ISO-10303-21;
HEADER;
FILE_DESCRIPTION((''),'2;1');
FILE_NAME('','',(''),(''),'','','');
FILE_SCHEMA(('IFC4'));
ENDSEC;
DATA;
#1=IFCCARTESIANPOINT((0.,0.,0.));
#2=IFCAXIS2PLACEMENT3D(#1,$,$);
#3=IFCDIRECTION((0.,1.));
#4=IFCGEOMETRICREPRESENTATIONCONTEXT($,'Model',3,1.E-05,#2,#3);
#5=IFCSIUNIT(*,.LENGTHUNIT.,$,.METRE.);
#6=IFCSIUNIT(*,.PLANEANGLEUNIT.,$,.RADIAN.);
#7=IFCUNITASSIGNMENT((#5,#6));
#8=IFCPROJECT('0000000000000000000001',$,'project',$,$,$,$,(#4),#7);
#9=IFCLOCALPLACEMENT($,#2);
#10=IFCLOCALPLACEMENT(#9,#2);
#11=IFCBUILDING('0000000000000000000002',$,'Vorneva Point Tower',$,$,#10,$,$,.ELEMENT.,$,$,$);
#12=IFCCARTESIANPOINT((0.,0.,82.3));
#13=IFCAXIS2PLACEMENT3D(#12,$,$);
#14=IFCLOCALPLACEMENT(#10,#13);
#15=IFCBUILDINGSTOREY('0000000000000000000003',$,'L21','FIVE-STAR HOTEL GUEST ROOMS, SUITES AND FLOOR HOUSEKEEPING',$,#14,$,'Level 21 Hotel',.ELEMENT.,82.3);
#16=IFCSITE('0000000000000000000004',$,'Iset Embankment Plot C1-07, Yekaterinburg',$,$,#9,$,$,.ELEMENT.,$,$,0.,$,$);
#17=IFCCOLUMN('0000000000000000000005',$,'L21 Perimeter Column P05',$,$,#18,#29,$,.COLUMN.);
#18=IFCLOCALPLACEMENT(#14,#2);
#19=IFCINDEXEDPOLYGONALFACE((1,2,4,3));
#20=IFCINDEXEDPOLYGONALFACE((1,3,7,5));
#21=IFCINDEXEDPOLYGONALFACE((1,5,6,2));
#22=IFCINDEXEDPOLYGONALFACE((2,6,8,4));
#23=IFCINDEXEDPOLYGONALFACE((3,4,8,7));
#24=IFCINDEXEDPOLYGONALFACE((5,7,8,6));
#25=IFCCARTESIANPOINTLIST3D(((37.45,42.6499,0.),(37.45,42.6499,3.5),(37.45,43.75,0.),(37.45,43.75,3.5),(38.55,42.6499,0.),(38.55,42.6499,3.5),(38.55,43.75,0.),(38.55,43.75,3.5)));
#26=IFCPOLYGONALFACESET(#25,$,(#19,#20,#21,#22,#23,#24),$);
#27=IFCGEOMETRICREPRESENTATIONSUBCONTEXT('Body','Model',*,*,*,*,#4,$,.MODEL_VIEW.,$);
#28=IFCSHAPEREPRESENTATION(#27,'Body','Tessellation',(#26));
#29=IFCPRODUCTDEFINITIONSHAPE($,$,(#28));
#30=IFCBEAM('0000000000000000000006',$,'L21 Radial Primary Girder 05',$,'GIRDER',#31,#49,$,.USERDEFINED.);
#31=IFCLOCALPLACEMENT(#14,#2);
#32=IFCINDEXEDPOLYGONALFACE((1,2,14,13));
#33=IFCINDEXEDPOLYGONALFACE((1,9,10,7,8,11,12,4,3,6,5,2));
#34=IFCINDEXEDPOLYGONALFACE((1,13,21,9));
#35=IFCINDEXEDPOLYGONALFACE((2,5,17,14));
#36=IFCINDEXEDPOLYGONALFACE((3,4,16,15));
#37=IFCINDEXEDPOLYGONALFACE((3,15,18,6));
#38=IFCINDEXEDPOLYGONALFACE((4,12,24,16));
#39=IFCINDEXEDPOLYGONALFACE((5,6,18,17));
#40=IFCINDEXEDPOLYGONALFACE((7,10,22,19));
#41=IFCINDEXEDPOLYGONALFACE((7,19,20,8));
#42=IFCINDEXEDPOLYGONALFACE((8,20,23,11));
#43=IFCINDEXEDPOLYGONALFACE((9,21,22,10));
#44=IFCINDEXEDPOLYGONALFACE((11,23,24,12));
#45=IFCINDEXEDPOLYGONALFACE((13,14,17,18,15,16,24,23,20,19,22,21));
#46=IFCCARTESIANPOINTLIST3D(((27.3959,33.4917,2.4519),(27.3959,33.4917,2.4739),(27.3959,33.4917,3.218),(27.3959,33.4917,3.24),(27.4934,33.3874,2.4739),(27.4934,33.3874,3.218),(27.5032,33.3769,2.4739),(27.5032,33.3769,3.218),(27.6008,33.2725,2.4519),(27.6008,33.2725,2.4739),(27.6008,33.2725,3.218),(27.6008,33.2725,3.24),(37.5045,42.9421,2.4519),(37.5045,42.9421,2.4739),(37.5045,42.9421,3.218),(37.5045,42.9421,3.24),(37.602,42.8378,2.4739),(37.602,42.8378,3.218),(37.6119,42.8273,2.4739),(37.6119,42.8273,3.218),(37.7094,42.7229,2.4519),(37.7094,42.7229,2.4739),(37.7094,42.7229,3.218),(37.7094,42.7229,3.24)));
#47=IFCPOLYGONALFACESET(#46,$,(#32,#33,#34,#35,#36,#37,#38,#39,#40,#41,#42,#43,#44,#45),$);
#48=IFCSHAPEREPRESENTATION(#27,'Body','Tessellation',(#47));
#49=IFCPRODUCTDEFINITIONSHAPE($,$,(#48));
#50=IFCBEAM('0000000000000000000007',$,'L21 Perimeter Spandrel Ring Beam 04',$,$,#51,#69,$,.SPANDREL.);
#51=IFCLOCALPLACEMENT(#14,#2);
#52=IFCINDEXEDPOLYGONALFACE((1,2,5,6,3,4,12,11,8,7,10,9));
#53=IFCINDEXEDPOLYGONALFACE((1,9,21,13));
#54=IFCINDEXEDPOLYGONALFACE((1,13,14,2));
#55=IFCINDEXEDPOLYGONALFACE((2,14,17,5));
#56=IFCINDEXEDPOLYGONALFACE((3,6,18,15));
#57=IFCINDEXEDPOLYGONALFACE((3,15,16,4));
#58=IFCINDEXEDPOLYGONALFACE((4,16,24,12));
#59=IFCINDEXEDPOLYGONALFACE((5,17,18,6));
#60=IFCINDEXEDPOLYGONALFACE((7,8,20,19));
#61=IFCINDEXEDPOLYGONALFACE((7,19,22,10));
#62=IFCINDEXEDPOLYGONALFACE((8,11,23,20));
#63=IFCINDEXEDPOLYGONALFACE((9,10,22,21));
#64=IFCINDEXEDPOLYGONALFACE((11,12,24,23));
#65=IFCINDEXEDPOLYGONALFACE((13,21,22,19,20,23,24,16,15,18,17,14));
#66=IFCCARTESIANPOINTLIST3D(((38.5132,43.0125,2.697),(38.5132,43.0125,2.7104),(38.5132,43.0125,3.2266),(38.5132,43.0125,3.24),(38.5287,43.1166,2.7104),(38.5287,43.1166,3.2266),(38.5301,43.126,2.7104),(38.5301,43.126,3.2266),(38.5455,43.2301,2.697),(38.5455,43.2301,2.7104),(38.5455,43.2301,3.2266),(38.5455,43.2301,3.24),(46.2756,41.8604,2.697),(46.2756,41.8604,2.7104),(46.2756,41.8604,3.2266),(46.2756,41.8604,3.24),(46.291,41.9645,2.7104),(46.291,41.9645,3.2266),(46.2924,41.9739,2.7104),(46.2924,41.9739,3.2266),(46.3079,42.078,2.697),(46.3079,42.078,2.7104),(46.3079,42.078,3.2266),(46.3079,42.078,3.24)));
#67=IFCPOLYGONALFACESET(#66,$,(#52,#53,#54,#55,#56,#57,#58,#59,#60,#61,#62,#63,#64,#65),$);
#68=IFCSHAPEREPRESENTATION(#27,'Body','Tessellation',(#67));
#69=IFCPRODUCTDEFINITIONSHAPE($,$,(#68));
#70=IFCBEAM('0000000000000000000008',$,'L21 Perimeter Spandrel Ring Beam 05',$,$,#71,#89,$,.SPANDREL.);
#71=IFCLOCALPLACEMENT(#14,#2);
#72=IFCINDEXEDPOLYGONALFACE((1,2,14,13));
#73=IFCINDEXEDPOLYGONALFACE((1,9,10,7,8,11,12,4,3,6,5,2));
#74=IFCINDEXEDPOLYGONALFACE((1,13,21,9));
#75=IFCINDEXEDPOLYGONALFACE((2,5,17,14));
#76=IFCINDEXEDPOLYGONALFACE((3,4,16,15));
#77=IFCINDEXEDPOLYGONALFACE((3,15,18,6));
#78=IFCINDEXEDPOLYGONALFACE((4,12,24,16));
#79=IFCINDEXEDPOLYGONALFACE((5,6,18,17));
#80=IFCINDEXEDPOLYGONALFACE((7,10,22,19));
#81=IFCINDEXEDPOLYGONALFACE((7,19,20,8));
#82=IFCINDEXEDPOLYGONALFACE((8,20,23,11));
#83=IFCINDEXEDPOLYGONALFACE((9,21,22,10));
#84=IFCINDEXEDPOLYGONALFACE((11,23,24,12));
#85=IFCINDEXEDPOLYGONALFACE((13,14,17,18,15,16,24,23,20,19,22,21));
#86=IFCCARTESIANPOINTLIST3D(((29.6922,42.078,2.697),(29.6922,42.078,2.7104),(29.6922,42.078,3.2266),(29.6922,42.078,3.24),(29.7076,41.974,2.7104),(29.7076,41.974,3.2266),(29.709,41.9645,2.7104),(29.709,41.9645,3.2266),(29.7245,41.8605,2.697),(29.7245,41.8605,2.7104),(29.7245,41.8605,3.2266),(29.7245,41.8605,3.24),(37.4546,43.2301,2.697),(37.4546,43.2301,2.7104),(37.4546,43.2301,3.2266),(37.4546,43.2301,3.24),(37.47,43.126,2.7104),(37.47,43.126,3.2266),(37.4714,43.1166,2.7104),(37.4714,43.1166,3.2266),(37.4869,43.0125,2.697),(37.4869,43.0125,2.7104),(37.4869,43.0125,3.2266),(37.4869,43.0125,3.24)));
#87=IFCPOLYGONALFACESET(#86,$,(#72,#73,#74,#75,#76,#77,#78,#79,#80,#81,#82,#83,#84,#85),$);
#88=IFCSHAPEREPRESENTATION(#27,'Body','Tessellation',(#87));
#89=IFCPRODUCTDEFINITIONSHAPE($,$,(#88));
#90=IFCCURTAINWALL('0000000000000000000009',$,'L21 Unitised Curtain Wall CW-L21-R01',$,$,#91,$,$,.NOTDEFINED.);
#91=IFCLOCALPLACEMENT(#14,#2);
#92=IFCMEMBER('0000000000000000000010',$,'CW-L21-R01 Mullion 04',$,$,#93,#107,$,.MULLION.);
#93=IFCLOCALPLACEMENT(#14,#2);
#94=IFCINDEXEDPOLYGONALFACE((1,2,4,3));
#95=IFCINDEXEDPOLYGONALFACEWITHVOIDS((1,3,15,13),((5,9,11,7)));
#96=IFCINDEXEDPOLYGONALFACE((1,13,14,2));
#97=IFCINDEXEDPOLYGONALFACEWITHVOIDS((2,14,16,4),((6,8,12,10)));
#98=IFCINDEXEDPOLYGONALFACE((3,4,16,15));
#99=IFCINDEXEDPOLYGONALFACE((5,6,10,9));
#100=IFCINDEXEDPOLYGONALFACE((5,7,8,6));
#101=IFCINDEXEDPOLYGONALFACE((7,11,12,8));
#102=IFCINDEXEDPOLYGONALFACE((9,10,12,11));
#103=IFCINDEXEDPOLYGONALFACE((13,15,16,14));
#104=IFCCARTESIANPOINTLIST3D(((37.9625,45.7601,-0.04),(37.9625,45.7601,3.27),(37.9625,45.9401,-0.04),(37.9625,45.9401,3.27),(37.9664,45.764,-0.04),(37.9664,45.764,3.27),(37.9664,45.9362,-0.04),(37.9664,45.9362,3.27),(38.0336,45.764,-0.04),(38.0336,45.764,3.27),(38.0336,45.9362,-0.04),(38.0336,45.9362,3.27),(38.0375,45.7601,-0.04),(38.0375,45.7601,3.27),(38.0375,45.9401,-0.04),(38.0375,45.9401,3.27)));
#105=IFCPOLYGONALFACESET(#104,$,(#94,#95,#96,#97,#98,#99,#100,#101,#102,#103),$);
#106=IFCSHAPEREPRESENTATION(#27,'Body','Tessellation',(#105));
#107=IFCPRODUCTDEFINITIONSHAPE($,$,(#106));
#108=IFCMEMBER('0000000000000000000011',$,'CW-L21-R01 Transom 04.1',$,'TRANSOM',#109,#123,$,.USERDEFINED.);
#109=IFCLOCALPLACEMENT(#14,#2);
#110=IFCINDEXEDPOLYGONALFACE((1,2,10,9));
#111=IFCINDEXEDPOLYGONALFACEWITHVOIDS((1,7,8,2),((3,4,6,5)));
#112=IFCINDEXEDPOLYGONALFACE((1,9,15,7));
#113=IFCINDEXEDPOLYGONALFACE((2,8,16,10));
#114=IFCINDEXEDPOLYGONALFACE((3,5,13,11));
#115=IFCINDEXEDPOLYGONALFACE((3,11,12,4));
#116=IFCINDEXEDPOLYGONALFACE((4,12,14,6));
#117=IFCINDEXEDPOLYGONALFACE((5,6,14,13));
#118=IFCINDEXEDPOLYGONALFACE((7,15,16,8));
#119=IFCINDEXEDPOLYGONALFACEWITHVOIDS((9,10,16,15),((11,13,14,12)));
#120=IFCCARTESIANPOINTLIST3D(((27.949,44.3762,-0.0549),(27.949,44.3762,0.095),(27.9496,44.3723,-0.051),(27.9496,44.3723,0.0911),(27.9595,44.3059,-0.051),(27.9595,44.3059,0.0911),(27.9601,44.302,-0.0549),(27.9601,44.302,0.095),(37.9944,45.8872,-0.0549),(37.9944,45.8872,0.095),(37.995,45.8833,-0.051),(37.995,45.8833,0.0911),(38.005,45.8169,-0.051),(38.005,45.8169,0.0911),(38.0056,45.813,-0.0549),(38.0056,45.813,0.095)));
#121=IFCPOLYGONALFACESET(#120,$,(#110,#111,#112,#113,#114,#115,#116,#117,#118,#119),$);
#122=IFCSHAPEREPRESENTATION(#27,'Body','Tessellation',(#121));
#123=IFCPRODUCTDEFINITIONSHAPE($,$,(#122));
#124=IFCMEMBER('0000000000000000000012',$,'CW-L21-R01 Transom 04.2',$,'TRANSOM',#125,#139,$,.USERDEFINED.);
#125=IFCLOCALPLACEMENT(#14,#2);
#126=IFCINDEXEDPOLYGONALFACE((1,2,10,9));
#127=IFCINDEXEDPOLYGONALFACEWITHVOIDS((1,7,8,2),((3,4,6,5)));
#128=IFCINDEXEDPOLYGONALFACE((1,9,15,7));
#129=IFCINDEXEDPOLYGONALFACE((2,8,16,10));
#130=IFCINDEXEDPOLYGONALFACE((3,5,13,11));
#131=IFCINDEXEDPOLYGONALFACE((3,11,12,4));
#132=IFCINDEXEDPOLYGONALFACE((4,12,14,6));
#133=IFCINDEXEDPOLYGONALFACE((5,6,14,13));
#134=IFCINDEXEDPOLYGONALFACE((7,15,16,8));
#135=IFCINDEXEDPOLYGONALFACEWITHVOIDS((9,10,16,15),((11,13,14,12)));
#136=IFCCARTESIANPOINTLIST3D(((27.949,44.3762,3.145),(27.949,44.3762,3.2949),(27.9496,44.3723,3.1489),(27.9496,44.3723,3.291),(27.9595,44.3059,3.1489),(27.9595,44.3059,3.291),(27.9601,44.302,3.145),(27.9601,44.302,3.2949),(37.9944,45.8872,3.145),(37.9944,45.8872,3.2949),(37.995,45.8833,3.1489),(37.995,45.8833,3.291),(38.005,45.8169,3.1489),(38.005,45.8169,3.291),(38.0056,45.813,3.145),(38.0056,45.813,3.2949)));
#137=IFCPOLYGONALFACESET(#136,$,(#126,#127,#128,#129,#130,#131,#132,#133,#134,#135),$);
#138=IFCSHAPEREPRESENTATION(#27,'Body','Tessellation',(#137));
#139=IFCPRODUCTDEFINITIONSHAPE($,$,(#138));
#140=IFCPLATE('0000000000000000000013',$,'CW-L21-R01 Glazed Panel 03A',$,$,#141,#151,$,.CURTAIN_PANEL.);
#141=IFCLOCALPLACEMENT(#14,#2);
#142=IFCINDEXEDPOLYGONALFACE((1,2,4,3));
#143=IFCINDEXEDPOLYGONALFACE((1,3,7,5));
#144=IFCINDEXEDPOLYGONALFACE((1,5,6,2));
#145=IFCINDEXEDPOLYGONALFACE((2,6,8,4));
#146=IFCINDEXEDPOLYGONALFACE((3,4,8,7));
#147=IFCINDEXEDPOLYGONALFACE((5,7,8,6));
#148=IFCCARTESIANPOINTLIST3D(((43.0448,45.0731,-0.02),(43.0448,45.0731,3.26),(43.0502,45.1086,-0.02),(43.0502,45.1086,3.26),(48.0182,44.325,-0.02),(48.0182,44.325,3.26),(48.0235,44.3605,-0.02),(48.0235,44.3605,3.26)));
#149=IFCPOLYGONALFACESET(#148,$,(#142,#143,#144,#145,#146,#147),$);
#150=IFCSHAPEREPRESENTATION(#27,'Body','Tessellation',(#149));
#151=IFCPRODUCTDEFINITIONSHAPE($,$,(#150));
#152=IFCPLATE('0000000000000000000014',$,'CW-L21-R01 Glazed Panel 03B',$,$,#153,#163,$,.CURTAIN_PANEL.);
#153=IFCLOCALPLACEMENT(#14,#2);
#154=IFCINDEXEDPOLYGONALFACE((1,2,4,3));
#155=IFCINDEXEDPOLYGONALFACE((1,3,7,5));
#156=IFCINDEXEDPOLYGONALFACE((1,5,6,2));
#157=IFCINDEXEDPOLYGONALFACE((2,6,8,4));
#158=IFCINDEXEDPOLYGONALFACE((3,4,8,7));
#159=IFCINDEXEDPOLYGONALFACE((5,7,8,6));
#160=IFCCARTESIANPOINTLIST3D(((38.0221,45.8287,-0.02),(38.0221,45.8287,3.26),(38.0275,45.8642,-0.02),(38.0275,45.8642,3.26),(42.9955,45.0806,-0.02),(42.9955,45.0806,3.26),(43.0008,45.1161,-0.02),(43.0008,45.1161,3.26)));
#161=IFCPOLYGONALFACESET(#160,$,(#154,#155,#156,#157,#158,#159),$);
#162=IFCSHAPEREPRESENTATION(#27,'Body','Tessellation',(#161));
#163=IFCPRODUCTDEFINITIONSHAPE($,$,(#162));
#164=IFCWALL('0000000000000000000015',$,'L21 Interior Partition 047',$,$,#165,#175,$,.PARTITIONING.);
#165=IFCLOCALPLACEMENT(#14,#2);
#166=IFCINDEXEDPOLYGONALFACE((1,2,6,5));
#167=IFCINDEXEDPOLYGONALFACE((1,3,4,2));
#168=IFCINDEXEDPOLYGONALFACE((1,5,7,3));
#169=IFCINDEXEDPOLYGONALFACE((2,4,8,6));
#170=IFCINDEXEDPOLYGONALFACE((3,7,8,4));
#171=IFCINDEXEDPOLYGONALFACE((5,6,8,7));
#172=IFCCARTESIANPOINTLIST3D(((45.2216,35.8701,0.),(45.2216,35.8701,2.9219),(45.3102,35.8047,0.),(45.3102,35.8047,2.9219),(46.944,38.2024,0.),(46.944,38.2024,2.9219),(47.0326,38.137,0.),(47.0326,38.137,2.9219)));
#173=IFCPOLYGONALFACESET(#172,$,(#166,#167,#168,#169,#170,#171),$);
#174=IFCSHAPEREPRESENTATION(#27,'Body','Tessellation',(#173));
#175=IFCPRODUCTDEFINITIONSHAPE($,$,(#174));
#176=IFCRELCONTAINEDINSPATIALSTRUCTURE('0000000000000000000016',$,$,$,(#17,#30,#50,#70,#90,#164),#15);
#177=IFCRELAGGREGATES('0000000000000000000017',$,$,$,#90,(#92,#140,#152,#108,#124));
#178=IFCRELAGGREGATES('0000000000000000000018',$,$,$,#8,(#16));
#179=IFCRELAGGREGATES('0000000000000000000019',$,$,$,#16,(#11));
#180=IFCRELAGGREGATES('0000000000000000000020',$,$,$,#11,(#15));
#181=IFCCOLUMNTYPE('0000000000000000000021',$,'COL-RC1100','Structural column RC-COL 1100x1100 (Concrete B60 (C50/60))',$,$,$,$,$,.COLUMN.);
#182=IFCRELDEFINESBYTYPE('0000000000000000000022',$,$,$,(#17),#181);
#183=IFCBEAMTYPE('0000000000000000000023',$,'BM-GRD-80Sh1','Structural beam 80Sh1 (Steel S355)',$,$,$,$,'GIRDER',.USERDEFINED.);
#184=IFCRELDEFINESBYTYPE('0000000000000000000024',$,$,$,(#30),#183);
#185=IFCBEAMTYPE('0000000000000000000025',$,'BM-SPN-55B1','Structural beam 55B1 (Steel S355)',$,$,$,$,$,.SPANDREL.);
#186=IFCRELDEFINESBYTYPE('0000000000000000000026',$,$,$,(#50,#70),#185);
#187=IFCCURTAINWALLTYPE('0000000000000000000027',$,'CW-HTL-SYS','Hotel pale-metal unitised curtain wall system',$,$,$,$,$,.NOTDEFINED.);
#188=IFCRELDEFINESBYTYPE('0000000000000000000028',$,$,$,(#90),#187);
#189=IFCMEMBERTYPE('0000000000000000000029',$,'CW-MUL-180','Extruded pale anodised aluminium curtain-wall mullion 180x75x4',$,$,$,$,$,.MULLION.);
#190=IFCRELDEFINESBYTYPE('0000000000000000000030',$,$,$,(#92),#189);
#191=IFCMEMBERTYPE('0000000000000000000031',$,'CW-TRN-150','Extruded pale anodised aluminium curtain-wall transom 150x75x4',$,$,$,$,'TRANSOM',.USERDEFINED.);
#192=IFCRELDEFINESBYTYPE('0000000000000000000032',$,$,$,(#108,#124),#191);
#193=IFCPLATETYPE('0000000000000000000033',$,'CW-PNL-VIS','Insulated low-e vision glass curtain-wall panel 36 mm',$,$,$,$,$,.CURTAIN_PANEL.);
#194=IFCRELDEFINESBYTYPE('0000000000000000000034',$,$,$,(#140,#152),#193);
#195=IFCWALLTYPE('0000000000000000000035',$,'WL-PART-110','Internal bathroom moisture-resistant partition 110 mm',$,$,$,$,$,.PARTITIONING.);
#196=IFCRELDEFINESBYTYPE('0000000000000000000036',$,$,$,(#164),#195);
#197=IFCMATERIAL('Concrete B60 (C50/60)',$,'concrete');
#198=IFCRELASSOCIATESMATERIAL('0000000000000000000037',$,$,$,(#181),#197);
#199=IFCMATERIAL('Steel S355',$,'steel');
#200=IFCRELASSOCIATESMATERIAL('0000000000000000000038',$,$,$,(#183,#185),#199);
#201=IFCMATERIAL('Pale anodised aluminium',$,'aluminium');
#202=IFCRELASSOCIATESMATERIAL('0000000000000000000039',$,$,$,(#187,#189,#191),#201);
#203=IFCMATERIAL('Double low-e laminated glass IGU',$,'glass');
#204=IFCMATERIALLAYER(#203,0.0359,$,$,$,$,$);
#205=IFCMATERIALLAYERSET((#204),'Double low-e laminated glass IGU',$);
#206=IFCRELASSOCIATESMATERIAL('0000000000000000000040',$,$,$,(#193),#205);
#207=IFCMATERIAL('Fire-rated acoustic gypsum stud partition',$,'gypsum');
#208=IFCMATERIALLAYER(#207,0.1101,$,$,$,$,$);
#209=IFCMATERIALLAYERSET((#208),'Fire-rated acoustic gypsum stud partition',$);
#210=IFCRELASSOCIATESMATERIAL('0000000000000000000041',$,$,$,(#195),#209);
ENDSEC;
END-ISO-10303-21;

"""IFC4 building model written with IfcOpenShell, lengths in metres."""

from ifc_helpers import new_model, si_unit, direction, frame, frame_2d, origin, origin_2d, place, context, subcontext, project, spatial, rectangle, hollow_rectangle, i_section, extrude, material, layer, layer_set, material_profile, profile_set, type_object, element, aggregate, save


model = new_model("IFC4")

# Units and contexts
model_context = context("Model", 3, precision=1e-05, world=origin(), true_north=direction((0.0, 1.0)))
body_context = subcontext(model_context, "Body", "Model", "MODEL_VIEW")
ifc_project = project(units=[si_unit("LENGTHUNIT", "METRE"), si_unit("PLANEANGLEUNIT", "RADIAN")], contexts=[model_context])

# Site, building, storey
site_placement = place(None, origin())
site = spatial("IfcSite", under=ifc_project, at=site_placement, Name="Iset Embankment Plot C1-07, Yekaterinburg", CompositionType="ELEMENT", RefElevation=0.0)
building_placement = place(site_placement, origin())
building = spatial("IfcBuilding", under=site, at=building_placement, Name="Vorneva Point Tower", CompositionType="ELEMENT")
storey_placement = place(building_placement, frame((0.0, 0.0, 82.3)))
storey = spatial("IfcBuildingStorey", under=building, at=storey_placement, Name="L21", Description="FIVE-STAR HOTEL GUEST ROOMS, SUITES AND FLOOR HOUSEKEEPING", LongName="Level 21 Hotel", CompositionType="ELEMENT", Elevation=82.3)

# Column
ifc_material_1 = material(Name="Concrete B60 (C50/60)", Category="concrete")
ifc_material_profile_1 = material_profile(ifc_material_1, rectangle(XDim=1.1001, YDim=1.1001, at=origin_2d()), Name="RC-COL 1100x1100")
ifc_profile_set_1 = profile_set([ifc_material_profile_1], Name="Concrete B60 (C50/60)")
column_type = type_object("IfcColumnType", Name="COL-RC1100", Description="Structural column RC-COL 1100x1100 (Concrete B60 (C50/60))", PredefinedType="COLUMN", material=ifc_profile_set_1)
column_placement = place(storey_placement, frame((38.0, 43.2, 0.0), z_axis=(0.0, 0.0, 1.0), x_axis=(0.0, 1.0, 0.0)))
element("IfcColumn", 1, at=column_placement, inside=storey, type_object=column_type, Name="L21 Perimeter Column P05", PredefinedType="COLUMN", context=body_context, shape_type="SweptSolid", body=[
    extrude(rectangle(XDim=1.1001, YDim=1.1001, at=origin_2d()), origin(), (0.0, 0.0, 1.0), 3.5),
])

# Beams
ifc_material_2 = material(Name="Steel S355", Category="steel")
ifc_material_profile_2 = material_profile(ifc_material_2, i_section(OverallWidth=0.3, OverallDepth=0.7881, WebThickness=0.0144, FlangeThickness=0.022, at=origin_2d()), Name="80Sh1")
ifc_profile_set_2 = profile_set([ifc_material_profile_2], Name="Steel S355")
beam_type_1 = type_object("IfcBeamType", Name="BM-GRD-80Sh1", Description="Structural beam 80Sh1 (Steel S355)", ElementType="GIRDER", PredefinedType="USERDEFINED", material=ifc_profile_set_2)
beam_placement = place(storey_placement, frame((37.6069, 42.8325, 2.8459), z_axis=(-0.730489, -0.682925, 0.0), x_axis=(0.682925, -0.730489, 0.0)))
element("IfcBeam", 2, at=beam_placement, inside=storey, type_object=beam_type_1, Name="L21 Radial Primary Girder 05", ObjectType="GIRDER", PredefinedType="USERDEFINED", context=body_context, shape_type="SweptSolid", body=[
    extrude(i_section(OverallWidth=0.3, OverallDepth=0.7881, WebThickness=0.0144, FlangeThickness=0.022, at=origin_2d()), origin(), (0.0, 0.0, 1.0), 13.8381),
])
ifc_material_profile_3 = material_profile(ifc_material_2, i_section(OverallWidth=0.22, OverallDepth=0.543, WebThickness=0.0095, FlangeThickness=0.0134, at=origin_2d()), Name="55B1")
ifc_profile_set_3 = profile_set([ifc_material_profile_3], Name="Steel S355")
beam_type_2 = type_object("IfcBeamType", Name="BM-SPN-55B1", Description="Structural beam 55B1 (Steel S355)", PredefinedType="SPANDREL", material=ifc_profile_set_3)
for number, where, z_axis, x_axis, name in (
    (3, (46.2917, 41.9692, 2.9685), (-0.989165, 0.146811, 0.0), (-0.146811, -0.989165, 0.0), "L21 Perimeter Spandrel Ring Beam 04"),
    (4, (37.4707, 43.1213, 2.9685), (-0.989165, -0.146811, 0.0), (0.146811, -0.989165, 0.0), "L21 Perimeter Spandrel Ring Beam 05"),
):
    element("IfcBeam", number, at=place(storey_placement, frame(where, z_axis=z_axis, x_axis=x_axis)), inside=storey, type_object=beam_type_2, Name=name, PredefinedType="SPANDREL", context=body_context, shape_type="SweptSolid", body=[
        extrude(i_section(OverallWidth=0.22, OverallDepth=0.543, WebThickness=0.0095, FlangeThickness=0.0134, at=origin_2d()), origin(), (0.0, 0.0, 1.0), 7.8474),
    ])

# Curtain wall, members, plates
ifc_material_3 = material(Name="Pale anodised aluminium", Category="aluminium")
curtain_wall_type = type_object("IfcCurtainWallType", Name="CW-HTL-SYS", Description="Hotel pale-metal unitised curtain wall system", PredefinedType="NOTDEFINED", material=ifc_material_3)
curtain_wall_placement = place(storey_placement, origin())
curtain_wall = element("IfcCurtainWall", 5, at=curtain_wall_placement, inside=storey, type_object=curtain_wall_type, Name="L21 Unitised Curtain Wall CW-L21-R01", PredefinedType="NOTDEFINED")
ifc_material_profile_4 = material_profile(ifc_material_3, hollow_rectangle(XDim=0.075, YDim=0.1799, WallThickness=0.0039, at=origin_2d()), Name="AL-MUL 180x75x4")
ifc_profile_set_4 = profile_set([ifc_material_profile_4], Name="Pale anodised aluminium")
member_type_1 = type_object("IfcMemberType", Name="CW-MUL-180", Description="Extruded pale anodised aluminium curtain-wall mullion 180x75x4", PredefinedType="MULLION", material=ifc_profile_set_4)
member_1_placement = place(storey_placement, frame((38.0, 45.8501, -0.04), z_axis=(0.0, 0.0, 1.0), x_axis=(1.0, 0.0, 0.0)))
member_1 = element("IfcMember", 6, at=member_1_placement, type_object=member_type_1, Name="CW-L21-R01 Mullion 04", PredefinedType="MULLION", context=body_context, shape_type="SweptSolid", body=[
    extrude(hollow_rectangle(XDim=0.075, YDim=0.1799, WallThickness=0.0039, at=origin_2d()), origin(), (0.0, 0.0, 1.0), 3.3101),
])
ifc_material_profile_5 = material_profile(ifc_material_3, hollow_rectangle(XDim=0.075, YDim=0.1499, WallThickness=0.0039, at=origin_2d()), Name="AL-TRN 150x75x4")
ifc_profile_set_5 = profile_set([ifc_material_profile_5], Name="Pale anodised aluminium")
member_type_2 = type_object("IfcMemberType", Name="CW-TRN-150", Description="Extruded pale anodised aluminium curtain-wall transom 150x75x4", ElementType="TRANSOM", PredefinedType="USERDEFINED", material=ifc_profile_set_5)
member_2_placement = place(storey_placement, frame((38.0, 45.8501, 0.02), z_axis=(-0.988876, -0.148742, 0.0), x_axis=(0.148742, -0.988876, 0.0)))
member_2 = element("IfcMember", 7, at=member_2_placement, type_object=member_type_2, Name="CW-L21-R01 Transom 04.1", ObjectType="TRANSOM", PredefinedType="USERDEFINED", context=body_context, shape_type="SweptSolid", body=[
    extrude(hollow_rectangle(XDim=0.075, YDim=0.1499, WallThickness=0.0039, at=origin_2d()), origin(), (0.0, 0.0, 1.0), 10.1584),
])
member_3_placement = place(storey_placement, frame((38.0, 45.8501, 3.22), z_axis=(-0.988876, -0.148742, 0.0), x_axis=(0.148742, -0.988876, 0.0)))
member_3 = element("IfcMember", 8, at=member_3_placement, type_object=member_type_2, Name="CW-L21-R01 Transom 04.2", ObjectType="TRANSOM", PredefinedType="USERDEFINED", context=body_context, shape_type="SweptSolid", body=[
    extrude(hollow_rectangle(XDim=0.075, YDim=0.1499, WallThickness=0.0039, at=origin_2d()), origin(), (0.0, 0.0, 1.0), 10.1584),
])
ifc_material_4 = material(Name="Double low-e laminated glass IGU", Category="glass")
ifc_layer_1 = layer(ifc_material_4, 0.0359)
ifc_layer_set_1 = layer_set([ifc_layer_1], Name="Double low-e laminated glass IGU")
plate_type = type_object("IfcPlateType", Name="CW-PNL-VIS", Description="Insulated low-e vision glass curtain-wall panel 36 mm", PredefinedType="CURTAIN_PANEL", material=ifc_layer_set_1)
plate_1_placement = place(storey_placement, frame((45.5342, 44.7168, -0.02), z_axis=(0.0, 0.0, 1.0), x_axis=(-0.988876, 0.148741, 0.0)))
plate_1 = element("IfcPlate", 9, at=plate_1_placement, type_object=plate_type, Name="CW-L21-R01 Glazed Panel 03A", PredefinedType="CURTAIN_PANEL", context=body_context, shape_type="SweptSolid", body=[
    extrude(rectangle(XDim=5.0293, YDim=0.0359, at=origin_2d()), origin(), (0.0, 0.0, 1.0), 3.28),
])
plate_2_placement = place(storey_placement, frame((40.5115, 45.4724, -0.02), z_axis=(0.0, 0.0, 1.0), x_axis=(-0.988876, 0.148741, 0.0)))
plate_2 = element("IfcPlate", 10, at=plate_2_placement, type_object=plate_type, Name="CW-L21-R01 Glazed Panel 03B", PredefinedType="CURTAIN_PANEL", context=body_context, shape_type="SweptSolid", body=[
    extrude(rectangle(XDim=5.0293, YDim=0.0359, at=origin_2d()), origin(), (0.0, 0.0, 1.0), 3.28),
])
aggregate(curtain_wall, [member_1, plate_1, plate_2, member_2, member_3])

# Wall
ifc_material_5 = material(Name="Fire-rated acoustic gypsum stud partition", Category="gypsum")
ifc_layer_2 = layer(ifc_material_5, 0.1101)
ifc_layer_set_2 = layer_set([ifc_layer_2], Name="Fire-rated acoustic gypsum stud partition")
wall_type_1 = type_object("IfcWallType", Name="WL-PART-110", Description="Internal bathroom moisture-resistant partition 110 mm", PredefinedType="PARTITIONING", material=ifc_layer_set_2)
wall_1_placement = place(storey_placement, frame((45.2659, 35.8374, 0.0), z_axis=(0.0, 0.0, 1.0), x_axis=(0.594069, 0.804414, 0.0)))
element("IfcWall", 11, at=wall_1_placement, inside=storey, type_object=wall_type_1, Name="L21 Interior Partition 047", PredefinedType="PARTITIONING", context=body_context, shape_type="SweptSolid", body=[
    extrude(rectangle(XDim=2.8994, YDim=0.1101, at=frame_2d((1.4497, 0.0))), origin(), (0.0, 0.0, 1.0), 2.9219),
])

save(model, "model.ifc")
